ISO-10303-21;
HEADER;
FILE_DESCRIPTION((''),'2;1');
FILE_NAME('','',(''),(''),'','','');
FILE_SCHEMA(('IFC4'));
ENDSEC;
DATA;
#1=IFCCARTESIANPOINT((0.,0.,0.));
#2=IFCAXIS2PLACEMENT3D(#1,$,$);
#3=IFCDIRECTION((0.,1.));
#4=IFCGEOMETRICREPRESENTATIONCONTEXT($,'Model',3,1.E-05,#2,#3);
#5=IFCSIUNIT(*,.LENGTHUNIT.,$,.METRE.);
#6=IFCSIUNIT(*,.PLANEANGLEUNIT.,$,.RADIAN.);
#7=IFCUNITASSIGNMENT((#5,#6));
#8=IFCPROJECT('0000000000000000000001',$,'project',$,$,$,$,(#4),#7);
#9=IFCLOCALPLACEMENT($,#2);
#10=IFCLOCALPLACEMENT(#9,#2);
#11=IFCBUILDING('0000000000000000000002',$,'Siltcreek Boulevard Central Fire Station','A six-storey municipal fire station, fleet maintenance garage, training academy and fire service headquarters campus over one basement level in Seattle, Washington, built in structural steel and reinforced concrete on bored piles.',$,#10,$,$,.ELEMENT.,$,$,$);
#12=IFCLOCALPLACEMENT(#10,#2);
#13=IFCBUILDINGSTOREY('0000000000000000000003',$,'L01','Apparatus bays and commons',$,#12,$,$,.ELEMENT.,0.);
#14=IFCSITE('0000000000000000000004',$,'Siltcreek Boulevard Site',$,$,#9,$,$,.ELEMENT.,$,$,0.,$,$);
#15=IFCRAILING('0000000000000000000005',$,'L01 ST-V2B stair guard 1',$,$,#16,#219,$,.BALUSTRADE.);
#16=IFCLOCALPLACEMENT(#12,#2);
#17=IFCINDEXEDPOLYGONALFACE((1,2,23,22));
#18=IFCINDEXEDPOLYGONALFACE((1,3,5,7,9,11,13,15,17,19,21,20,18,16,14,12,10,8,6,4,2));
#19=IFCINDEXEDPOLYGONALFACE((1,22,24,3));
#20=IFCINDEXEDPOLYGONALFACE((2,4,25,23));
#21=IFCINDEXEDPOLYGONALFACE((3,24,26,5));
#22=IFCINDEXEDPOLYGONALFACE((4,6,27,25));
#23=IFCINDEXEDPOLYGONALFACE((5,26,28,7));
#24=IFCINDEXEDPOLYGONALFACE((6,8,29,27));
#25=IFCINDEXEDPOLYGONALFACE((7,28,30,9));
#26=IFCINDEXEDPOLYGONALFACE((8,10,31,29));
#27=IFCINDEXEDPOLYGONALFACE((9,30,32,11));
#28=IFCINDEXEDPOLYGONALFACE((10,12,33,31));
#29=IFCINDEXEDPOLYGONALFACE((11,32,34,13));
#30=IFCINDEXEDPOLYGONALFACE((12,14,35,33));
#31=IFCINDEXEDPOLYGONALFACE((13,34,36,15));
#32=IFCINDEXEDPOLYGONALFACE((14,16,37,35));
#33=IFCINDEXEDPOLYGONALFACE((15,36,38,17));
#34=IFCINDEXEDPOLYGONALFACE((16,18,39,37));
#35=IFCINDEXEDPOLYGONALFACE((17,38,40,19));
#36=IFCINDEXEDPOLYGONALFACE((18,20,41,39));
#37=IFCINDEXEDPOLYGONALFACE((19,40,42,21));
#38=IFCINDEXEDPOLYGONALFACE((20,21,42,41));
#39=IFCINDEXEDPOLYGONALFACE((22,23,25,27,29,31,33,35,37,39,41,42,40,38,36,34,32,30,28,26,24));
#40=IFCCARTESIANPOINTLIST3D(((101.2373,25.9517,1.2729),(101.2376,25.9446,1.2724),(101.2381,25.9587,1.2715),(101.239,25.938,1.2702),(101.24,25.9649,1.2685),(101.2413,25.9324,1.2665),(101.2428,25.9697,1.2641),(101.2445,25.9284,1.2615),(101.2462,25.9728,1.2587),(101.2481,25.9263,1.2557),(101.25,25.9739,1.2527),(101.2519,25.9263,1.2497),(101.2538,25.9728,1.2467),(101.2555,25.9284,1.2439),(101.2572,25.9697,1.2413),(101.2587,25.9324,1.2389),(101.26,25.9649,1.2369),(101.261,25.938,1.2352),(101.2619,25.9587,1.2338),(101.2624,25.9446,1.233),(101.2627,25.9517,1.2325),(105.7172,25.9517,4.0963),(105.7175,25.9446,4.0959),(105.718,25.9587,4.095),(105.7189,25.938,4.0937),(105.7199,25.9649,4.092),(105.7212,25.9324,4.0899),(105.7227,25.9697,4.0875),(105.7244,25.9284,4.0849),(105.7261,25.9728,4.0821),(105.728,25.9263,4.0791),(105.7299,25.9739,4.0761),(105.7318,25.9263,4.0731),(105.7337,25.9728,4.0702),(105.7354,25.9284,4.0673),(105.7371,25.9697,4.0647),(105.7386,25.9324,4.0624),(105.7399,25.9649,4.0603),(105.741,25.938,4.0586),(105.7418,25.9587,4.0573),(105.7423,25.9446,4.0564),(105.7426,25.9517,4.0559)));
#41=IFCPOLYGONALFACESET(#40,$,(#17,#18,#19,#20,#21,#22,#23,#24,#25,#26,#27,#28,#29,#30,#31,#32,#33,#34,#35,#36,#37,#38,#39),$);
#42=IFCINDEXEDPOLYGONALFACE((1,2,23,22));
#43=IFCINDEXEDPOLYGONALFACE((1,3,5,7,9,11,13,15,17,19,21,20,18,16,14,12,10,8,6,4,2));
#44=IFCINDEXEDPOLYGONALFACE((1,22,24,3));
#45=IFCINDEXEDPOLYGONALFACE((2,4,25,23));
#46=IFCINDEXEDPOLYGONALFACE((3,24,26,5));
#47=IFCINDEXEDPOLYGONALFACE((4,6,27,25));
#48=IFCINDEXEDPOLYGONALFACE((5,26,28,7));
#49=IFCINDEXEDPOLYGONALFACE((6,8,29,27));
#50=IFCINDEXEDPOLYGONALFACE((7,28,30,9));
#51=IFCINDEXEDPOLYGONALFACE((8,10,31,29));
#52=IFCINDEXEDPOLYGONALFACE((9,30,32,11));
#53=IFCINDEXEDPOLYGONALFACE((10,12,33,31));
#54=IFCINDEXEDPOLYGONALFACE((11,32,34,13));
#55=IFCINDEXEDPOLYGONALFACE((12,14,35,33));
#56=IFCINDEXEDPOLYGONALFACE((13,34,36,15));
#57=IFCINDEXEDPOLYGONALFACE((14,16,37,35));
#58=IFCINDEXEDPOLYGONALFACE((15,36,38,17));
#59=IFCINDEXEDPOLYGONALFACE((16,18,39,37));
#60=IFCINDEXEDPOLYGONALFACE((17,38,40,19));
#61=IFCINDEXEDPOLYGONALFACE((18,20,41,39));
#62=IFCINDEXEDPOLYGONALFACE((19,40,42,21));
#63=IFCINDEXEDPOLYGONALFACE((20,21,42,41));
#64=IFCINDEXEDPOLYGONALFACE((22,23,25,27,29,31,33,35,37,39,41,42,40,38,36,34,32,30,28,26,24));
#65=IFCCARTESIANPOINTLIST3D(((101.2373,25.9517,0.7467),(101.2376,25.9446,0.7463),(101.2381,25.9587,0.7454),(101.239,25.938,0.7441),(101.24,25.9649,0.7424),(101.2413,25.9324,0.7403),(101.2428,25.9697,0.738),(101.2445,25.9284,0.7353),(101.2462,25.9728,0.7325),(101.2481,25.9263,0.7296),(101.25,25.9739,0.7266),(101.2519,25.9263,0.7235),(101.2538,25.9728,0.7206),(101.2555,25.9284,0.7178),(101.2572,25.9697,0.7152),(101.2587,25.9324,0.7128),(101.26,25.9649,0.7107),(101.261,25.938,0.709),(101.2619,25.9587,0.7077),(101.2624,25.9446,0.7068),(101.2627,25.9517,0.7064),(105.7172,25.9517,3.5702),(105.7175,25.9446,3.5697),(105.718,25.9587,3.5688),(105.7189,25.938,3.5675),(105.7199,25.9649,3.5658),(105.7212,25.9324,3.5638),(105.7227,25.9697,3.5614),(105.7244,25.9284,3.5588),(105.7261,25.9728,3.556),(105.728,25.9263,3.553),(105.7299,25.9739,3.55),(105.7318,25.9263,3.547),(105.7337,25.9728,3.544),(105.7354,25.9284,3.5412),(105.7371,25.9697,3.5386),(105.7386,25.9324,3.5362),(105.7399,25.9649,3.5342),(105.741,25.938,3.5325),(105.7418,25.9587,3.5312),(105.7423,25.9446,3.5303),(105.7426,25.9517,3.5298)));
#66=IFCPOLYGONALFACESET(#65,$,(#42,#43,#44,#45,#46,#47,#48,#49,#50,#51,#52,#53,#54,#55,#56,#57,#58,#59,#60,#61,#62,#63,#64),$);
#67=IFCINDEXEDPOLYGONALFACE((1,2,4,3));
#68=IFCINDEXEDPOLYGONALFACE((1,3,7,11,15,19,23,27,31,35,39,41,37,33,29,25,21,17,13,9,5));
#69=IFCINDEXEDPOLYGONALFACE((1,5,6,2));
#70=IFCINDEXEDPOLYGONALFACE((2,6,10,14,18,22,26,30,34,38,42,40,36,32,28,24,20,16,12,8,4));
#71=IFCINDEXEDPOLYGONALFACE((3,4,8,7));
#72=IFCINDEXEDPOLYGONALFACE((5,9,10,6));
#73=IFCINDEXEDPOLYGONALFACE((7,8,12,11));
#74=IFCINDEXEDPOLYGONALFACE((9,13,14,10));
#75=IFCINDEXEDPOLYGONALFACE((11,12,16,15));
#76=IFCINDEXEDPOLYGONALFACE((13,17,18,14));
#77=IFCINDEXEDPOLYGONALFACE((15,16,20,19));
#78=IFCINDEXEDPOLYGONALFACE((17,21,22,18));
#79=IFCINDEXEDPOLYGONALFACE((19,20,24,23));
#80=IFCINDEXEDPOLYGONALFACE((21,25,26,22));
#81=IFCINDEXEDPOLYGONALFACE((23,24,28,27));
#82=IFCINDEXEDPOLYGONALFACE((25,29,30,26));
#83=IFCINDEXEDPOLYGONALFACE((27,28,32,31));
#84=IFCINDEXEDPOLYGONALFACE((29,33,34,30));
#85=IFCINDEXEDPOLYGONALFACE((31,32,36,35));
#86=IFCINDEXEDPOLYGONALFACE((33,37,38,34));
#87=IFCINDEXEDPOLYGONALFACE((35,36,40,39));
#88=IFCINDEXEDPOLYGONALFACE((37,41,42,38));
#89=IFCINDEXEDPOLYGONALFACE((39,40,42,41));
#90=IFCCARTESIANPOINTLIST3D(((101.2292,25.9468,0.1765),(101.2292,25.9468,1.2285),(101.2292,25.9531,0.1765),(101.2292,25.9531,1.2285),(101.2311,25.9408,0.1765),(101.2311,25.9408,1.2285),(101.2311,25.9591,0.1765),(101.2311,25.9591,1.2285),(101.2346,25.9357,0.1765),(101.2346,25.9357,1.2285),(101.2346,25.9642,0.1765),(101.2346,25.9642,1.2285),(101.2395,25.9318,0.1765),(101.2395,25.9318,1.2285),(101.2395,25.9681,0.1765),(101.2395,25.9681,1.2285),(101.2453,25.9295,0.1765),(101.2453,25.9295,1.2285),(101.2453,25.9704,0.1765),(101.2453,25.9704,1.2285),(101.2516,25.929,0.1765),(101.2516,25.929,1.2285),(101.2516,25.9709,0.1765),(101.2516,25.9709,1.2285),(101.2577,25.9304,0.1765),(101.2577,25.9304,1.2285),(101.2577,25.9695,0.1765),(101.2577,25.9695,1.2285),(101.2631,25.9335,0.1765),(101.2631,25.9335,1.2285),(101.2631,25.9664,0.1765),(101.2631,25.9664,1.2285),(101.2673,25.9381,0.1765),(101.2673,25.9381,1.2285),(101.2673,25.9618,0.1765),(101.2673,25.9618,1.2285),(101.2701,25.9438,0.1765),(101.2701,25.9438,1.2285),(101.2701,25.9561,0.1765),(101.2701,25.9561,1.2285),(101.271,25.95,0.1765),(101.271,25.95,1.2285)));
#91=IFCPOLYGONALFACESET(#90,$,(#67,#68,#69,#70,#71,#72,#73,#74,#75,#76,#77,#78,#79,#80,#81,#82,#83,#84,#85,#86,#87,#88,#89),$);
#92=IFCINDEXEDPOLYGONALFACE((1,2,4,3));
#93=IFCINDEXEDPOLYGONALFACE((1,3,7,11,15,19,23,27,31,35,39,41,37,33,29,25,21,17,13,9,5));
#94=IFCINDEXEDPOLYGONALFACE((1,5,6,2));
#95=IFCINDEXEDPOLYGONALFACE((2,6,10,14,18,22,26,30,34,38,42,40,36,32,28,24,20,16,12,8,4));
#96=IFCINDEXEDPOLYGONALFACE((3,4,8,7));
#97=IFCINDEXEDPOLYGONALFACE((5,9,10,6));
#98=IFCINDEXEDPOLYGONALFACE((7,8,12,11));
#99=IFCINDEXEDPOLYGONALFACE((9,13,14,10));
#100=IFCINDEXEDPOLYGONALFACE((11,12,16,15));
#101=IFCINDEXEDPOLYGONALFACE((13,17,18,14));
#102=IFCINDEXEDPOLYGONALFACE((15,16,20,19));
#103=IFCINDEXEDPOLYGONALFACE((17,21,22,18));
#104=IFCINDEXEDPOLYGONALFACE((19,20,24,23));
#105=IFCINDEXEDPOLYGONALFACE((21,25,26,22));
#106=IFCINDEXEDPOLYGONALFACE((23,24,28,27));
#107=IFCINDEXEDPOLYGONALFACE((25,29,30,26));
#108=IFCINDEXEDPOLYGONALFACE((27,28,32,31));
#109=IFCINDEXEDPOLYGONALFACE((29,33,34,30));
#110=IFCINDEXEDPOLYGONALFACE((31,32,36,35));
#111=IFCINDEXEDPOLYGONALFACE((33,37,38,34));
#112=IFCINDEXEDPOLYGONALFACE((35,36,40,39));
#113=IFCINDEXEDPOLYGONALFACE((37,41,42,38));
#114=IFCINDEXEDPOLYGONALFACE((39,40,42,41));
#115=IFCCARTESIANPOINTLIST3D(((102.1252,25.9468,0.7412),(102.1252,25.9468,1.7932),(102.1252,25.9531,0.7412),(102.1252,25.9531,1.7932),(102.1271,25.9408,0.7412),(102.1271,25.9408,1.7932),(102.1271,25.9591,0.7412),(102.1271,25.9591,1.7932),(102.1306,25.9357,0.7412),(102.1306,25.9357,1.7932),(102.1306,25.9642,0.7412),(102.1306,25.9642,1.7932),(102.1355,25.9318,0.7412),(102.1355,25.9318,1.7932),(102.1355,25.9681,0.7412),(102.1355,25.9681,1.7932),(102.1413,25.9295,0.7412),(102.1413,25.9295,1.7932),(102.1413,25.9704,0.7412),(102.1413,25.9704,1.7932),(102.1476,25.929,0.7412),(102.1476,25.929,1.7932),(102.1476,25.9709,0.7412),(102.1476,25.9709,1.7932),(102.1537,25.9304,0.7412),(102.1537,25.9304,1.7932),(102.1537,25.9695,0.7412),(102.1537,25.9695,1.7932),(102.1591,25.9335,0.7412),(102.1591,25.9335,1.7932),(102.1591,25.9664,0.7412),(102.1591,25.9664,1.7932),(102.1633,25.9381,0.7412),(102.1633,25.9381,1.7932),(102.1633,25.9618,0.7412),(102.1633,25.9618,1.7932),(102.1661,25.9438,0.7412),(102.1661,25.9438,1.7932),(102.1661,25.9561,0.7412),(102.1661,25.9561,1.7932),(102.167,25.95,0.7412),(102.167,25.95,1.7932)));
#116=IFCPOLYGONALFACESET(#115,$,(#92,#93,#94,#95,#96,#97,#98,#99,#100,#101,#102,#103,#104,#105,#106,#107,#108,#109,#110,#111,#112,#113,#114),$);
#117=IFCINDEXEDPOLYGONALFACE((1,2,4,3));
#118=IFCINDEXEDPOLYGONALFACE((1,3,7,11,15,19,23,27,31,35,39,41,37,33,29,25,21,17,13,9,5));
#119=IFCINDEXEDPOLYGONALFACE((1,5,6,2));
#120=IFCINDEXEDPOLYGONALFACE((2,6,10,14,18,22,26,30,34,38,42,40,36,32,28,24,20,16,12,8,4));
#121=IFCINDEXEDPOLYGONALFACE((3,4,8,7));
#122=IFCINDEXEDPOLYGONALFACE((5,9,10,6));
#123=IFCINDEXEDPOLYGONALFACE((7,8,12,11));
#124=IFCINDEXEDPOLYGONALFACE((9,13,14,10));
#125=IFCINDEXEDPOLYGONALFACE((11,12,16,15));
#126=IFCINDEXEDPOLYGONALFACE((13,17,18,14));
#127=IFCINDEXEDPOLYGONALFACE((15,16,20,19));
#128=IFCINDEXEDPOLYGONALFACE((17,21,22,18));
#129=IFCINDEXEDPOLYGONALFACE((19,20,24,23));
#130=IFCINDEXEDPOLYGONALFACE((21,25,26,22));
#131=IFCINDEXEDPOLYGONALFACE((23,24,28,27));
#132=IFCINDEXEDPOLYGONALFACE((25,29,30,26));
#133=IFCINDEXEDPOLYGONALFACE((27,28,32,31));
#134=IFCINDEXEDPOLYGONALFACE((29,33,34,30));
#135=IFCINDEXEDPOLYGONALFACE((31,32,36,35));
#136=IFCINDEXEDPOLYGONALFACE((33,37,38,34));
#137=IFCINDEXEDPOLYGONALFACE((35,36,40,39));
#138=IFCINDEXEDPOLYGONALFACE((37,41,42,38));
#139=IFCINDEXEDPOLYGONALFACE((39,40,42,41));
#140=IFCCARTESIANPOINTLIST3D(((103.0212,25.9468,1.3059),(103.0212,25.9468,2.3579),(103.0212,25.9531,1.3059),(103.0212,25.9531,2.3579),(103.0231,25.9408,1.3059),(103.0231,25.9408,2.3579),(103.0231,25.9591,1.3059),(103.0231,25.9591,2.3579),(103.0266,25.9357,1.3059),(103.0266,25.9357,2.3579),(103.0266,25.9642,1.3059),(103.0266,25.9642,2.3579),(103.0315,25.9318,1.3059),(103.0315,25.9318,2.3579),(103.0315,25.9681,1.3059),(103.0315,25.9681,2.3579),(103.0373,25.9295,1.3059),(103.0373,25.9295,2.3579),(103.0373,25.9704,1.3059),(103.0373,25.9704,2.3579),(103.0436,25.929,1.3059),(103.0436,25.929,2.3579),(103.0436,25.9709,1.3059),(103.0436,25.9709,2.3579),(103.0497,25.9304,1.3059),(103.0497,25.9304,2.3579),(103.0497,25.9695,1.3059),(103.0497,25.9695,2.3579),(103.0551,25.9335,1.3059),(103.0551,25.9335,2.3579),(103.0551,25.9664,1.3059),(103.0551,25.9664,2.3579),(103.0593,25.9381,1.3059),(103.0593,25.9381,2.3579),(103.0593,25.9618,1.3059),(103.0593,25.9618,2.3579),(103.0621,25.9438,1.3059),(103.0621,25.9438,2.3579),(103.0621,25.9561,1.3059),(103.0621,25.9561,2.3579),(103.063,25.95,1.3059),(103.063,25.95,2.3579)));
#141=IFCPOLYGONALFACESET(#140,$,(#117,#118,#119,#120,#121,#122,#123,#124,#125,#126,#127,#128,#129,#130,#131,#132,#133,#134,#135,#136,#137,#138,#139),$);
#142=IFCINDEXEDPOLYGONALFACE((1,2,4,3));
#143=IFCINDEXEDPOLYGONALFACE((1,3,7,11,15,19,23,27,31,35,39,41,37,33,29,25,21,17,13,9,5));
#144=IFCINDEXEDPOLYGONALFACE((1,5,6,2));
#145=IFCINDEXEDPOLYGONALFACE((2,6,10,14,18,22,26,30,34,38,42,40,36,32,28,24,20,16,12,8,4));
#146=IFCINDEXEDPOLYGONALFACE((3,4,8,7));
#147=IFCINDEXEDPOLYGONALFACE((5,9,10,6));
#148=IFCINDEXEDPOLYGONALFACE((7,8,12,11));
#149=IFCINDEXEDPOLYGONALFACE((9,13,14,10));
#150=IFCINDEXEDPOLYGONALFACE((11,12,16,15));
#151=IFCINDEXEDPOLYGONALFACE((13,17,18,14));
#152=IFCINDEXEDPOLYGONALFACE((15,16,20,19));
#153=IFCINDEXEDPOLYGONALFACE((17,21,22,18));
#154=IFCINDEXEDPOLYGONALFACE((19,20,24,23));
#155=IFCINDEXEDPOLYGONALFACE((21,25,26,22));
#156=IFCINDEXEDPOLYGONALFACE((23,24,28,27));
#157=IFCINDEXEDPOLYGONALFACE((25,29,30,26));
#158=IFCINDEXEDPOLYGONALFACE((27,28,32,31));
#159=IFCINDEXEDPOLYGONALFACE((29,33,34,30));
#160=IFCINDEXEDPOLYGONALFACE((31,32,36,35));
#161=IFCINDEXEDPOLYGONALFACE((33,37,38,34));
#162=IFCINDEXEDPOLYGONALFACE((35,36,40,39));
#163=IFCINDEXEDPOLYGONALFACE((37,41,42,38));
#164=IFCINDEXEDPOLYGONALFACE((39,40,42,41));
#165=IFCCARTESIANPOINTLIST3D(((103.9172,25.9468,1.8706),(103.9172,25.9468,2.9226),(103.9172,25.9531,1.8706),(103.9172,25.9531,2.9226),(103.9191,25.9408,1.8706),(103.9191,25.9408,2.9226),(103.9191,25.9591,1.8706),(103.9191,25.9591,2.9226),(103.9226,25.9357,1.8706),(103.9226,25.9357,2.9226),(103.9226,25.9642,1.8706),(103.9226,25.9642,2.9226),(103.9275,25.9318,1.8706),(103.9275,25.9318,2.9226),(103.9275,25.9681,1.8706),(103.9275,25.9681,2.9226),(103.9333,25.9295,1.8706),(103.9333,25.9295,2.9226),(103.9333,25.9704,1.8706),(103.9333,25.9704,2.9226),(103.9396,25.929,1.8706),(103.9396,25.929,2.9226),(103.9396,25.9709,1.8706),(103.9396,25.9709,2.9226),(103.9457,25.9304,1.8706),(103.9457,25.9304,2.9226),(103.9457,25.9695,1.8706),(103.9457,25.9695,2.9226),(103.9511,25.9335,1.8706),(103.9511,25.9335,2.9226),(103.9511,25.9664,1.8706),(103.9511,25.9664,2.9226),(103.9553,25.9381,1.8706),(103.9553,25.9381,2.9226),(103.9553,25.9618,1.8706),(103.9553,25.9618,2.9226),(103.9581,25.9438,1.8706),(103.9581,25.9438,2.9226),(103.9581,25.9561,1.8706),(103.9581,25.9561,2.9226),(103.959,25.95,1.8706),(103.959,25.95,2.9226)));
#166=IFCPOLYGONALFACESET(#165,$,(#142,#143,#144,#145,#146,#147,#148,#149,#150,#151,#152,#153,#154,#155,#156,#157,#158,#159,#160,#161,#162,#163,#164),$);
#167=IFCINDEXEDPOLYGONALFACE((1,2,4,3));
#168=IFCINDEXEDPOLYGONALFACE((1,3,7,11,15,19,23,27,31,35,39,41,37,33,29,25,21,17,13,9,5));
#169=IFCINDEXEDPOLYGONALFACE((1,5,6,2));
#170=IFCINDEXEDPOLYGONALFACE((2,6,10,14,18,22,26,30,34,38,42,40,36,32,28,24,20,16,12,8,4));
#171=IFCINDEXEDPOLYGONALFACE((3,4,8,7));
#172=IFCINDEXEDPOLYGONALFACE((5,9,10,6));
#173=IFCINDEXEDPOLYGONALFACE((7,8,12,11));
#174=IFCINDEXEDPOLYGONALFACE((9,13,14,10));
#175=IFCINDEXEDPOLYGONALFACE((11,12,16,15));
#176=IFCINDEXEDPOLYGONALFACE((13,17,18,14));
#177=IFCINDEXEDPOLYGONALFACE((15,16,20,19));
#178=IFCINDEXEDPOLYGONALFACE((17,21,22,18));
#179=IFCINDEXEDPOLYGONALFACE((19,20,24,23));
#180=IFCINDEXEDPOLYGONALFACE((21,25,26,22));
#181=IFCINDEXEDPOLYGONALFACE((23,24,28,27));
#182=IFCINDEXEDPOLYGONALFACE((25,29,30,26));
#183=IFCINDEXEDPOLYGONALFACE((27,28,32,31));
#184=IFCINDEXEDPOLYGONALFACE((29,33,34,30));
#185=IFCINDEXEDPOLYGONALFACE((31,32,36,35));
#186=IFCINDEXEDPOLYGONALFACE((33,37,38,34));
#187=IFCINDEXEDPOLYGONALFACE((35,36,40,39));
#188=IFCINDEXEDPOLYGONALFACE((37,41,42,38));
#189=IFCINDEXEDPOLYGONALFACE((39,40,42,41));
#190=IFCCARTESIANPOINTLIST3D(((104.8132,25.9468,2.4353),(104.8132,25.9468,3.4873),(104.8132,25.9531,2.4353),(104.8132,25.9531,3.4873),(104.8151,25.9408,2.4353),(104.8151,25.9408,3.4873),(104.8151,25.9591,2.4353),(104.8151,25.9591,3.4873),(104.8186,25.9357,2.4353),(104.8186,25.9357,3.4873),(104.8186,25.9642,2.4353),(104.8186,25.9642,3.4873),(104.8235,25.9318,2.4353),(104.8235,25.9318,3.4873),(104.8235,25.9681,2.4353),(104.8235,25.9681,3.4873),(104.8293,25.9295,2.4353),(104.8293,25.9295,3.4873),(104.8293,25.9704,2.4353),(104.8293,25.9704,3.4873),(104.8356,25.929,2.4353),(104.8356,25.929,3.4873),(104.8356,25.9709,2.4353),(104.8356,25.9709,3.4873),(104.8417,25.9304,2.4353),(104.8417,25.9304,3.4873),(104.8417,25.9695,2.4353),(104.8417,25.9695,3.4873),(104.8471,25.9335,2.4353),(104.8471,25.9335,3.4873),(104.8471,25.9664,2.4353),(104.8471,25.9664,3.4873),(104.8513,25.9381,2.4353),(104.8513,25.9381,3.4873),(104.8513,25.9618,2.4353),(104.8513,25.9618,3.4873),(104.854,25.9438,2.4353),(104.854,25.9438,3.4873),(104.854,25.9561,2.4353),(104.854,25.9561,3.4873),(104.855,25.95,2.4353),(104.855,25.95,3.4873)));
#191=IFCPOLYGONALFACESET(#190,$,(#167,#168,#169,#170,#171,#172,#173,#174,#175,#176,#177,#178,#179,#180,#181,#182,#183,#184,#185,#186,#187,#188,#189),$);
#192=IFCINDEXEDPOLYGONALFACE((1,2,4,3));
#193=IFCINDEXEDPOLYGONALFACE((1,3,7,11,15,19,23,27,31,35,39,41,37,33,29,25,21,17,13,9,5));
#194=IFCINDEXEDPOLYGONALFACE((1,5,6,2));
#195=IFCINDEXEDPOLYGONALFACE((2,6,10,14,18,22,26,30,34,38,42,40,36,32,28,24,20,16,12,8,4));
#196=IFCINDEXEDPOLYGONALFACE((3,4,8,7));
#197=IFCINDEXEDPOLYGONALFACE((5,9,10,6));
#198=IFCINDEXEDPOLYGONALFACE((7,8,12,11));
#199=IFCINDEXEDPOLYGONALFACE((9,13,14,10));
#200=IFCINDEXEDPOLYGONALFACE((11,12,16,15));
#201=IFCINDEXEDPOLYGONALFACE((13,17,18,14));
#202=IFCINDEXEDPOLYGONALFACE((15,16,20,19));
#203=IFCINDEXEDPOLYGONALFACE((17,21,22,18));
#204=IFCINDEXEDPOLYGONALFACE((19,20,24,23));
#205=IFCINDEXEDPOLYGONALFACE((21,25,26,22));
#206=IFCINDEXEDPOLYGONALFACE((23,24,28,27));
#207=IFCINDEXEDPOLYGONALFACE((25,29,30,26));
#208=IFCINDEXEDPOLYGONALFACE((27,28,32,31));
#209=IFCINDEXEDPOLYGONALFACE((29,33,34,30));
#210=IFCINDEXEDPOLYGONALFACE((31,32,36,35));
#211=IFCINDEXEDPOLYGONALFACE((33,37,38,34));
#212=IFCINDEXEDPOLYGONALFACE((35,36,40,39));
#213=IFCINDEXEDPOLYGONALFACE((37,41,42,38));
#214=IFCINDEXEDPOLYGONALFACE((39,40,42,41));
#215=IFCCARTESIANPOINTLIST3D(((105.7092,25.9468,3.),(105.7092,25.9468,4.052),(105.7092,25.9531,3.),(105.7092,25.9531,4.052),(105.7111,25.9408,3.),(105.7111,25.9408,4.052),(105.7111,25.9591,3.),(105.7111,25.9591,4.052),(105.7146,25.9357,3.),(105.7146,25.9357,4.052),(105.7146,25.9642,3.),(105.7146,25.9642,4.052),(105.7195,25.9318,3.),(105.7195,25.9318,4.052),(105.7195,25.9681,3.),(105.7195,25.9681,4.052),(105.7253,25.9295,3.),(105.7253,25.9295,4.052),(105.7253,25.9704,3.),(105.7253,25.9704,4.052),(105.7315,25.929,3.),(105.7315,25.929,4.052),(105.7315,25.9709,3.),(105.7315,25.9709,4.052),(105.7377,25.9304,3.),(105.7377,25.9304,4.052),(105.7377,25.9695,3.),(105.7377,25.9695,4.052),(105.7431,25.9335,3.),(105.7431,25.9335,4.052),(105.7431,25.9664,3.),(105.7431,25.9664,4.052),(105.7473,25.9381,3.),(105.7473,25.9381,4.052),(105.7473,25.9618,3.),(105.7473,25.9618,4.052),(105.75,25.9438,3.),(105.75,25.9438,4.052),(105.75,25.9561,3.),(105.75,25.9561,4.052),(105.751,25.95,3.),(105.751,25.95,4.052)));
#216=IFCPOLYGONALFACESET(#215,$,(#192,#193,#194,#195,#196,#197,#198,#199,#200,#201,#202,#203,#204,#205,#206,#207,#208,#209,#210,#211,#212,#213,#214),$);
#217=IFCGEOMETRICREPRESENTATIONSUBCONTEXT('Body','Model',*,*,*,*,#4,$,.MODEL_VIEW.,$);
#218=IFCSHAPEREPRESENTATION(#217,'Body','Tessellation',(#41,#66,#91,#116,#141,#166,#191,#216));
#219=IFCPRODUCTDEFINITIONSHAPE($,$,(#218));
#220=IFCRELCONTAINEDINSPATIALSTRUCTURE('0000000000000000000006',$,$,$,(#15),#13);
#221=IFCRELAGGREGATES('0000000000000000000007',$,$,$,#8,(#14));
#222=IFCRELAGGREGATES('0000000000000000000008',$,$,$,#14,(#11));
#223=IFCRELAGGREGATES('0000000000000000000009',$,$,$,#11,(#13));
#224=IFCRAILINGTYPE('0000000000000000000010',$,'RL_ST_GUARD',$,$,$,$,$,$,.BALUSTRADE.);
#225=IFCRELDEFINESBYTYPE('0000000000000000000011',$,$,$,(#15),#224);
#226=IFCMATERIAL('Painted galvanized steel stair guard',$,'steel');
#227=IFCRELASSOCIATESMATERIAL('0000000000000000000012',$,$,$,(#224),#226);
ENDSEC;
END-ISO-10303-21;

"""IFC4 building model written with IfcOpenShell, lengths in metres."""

from ifc_helpers import new_model, si_unit, direction, frame, origin, origin_2d, place, context, subcontext, project, spatial, circle, extrude, material, type_object, element, save


model = new_model("IFC4")

# Units and contexts
model_context = context("Model", 3, precision=1e-05, world=origin(), true_north=direction((0.0, 1.0)))
body_context = subcontext(model_context, "Body", "Model", "MODEL_VIEW")
ifc_project = project(units=[si_unit("LENGTHUNIT", "METRE"), si_unit("PLANEANGLEUNIT", "RADIAN")], contexts=[model_context])

# Site, building, storey
site_placement = place(None, origin())
site = spatial("IfcSite", under=ifc_project, at=site_placement, Name="Siltcreek Boulevard Site", CompositionType="ELEMENT", RefElevation=0.0)
building_placement = place(site_placement, origin())
building = spatial("IfcBuilding", under=site, at=building_placement, Name="Siltcreek Boulevard Central Fire Station", Description="A six-storey municipal fire station, fleet maintenance garage, training academy and fire service headquarters campus over one basement level in Seattle, Washington, built in structural steel and reinforced concrete on bored piles.", CompositionType="ELEMENT")
storey_placement = place(building_placement, origin())
storey = spatial("IfcBuildingStorey", under=building, at=storey_placement, Name="L01", Description="Apparatus bays and commons", CompositionType="ELEMENT", Elevation=0.0)

# Railing
ifc_material_1 = material(Name="Painted galvanized steel stair guard", Category="steel")
railing_type_1 = type_object("IfcRailingType", Name="RL_ST_GUARD", PredefinedType="BALUSTRADE", material=ifc_material_1)
railing_1_placement = place(storey_placement, frame((101.25, 25.95, 0.1765)))
element("IfcRailing", 1, at=railing_1_placement, inside=storey, type_object=railing_type_1, Name="L01 ST-V2B stair guard 1", PredefinedType="BALUSTRADE", context=body_context, shape_type="SweptSolid", body=[
    extrude(circle(Radius=0.0239, at=origin_2d()), frame((0.0, 0.0, 1.0762), z_axis=(0.845998, 0.0, 0.533186), x_axis=(0.0, 1.0, 0.0)), (0.0, 0.0, 1.0), 5.2954),
    extrude(circle(Radius=0.0239, at=origin_2d()), frame((0.0, 0.0, 0.55), z_axis=(0.845998, 0.0, 0.533186), x_axis=(0.0, 1.0, 0.0)), (0.0, 0.0, 1.0), 5.2954),
    extrude(circle(Radius=0.021, at=origin_2d()), origin(), (0.0, 0.0, 1.0), 1.052),
    extrude(circle(Radius=0.021, at=origin_2d()), frame((0.896, 0.0, 0.5647)), (0.0, 0.0, 1.0), 1.052),
    extrude(circle(Radius=0.021, at=origin_2d()), frame((1.792, 0.0, 1.1294)), (0.0, 0.0, 1.0), 1.052),
    extrude(circle(Radius=0.021, at=origin_2d()), frame((2.688, 0.0, 1.6941)), (0.0, 0.0, 1.0), 1.052),
    extrude(circle(Radius=0.021, at=origin_2d()), frame((3.584, 0.0, 2.2588)), (0.0, 0.0, 1.0), 1.052),
    extrude(circle(Radius=0.021, at=origin_2d()), frame((4.48, 0.0, 2.8235)), (0.0, 0.0, 1.0), 1.052),
])

save(model, "model.ifc")
